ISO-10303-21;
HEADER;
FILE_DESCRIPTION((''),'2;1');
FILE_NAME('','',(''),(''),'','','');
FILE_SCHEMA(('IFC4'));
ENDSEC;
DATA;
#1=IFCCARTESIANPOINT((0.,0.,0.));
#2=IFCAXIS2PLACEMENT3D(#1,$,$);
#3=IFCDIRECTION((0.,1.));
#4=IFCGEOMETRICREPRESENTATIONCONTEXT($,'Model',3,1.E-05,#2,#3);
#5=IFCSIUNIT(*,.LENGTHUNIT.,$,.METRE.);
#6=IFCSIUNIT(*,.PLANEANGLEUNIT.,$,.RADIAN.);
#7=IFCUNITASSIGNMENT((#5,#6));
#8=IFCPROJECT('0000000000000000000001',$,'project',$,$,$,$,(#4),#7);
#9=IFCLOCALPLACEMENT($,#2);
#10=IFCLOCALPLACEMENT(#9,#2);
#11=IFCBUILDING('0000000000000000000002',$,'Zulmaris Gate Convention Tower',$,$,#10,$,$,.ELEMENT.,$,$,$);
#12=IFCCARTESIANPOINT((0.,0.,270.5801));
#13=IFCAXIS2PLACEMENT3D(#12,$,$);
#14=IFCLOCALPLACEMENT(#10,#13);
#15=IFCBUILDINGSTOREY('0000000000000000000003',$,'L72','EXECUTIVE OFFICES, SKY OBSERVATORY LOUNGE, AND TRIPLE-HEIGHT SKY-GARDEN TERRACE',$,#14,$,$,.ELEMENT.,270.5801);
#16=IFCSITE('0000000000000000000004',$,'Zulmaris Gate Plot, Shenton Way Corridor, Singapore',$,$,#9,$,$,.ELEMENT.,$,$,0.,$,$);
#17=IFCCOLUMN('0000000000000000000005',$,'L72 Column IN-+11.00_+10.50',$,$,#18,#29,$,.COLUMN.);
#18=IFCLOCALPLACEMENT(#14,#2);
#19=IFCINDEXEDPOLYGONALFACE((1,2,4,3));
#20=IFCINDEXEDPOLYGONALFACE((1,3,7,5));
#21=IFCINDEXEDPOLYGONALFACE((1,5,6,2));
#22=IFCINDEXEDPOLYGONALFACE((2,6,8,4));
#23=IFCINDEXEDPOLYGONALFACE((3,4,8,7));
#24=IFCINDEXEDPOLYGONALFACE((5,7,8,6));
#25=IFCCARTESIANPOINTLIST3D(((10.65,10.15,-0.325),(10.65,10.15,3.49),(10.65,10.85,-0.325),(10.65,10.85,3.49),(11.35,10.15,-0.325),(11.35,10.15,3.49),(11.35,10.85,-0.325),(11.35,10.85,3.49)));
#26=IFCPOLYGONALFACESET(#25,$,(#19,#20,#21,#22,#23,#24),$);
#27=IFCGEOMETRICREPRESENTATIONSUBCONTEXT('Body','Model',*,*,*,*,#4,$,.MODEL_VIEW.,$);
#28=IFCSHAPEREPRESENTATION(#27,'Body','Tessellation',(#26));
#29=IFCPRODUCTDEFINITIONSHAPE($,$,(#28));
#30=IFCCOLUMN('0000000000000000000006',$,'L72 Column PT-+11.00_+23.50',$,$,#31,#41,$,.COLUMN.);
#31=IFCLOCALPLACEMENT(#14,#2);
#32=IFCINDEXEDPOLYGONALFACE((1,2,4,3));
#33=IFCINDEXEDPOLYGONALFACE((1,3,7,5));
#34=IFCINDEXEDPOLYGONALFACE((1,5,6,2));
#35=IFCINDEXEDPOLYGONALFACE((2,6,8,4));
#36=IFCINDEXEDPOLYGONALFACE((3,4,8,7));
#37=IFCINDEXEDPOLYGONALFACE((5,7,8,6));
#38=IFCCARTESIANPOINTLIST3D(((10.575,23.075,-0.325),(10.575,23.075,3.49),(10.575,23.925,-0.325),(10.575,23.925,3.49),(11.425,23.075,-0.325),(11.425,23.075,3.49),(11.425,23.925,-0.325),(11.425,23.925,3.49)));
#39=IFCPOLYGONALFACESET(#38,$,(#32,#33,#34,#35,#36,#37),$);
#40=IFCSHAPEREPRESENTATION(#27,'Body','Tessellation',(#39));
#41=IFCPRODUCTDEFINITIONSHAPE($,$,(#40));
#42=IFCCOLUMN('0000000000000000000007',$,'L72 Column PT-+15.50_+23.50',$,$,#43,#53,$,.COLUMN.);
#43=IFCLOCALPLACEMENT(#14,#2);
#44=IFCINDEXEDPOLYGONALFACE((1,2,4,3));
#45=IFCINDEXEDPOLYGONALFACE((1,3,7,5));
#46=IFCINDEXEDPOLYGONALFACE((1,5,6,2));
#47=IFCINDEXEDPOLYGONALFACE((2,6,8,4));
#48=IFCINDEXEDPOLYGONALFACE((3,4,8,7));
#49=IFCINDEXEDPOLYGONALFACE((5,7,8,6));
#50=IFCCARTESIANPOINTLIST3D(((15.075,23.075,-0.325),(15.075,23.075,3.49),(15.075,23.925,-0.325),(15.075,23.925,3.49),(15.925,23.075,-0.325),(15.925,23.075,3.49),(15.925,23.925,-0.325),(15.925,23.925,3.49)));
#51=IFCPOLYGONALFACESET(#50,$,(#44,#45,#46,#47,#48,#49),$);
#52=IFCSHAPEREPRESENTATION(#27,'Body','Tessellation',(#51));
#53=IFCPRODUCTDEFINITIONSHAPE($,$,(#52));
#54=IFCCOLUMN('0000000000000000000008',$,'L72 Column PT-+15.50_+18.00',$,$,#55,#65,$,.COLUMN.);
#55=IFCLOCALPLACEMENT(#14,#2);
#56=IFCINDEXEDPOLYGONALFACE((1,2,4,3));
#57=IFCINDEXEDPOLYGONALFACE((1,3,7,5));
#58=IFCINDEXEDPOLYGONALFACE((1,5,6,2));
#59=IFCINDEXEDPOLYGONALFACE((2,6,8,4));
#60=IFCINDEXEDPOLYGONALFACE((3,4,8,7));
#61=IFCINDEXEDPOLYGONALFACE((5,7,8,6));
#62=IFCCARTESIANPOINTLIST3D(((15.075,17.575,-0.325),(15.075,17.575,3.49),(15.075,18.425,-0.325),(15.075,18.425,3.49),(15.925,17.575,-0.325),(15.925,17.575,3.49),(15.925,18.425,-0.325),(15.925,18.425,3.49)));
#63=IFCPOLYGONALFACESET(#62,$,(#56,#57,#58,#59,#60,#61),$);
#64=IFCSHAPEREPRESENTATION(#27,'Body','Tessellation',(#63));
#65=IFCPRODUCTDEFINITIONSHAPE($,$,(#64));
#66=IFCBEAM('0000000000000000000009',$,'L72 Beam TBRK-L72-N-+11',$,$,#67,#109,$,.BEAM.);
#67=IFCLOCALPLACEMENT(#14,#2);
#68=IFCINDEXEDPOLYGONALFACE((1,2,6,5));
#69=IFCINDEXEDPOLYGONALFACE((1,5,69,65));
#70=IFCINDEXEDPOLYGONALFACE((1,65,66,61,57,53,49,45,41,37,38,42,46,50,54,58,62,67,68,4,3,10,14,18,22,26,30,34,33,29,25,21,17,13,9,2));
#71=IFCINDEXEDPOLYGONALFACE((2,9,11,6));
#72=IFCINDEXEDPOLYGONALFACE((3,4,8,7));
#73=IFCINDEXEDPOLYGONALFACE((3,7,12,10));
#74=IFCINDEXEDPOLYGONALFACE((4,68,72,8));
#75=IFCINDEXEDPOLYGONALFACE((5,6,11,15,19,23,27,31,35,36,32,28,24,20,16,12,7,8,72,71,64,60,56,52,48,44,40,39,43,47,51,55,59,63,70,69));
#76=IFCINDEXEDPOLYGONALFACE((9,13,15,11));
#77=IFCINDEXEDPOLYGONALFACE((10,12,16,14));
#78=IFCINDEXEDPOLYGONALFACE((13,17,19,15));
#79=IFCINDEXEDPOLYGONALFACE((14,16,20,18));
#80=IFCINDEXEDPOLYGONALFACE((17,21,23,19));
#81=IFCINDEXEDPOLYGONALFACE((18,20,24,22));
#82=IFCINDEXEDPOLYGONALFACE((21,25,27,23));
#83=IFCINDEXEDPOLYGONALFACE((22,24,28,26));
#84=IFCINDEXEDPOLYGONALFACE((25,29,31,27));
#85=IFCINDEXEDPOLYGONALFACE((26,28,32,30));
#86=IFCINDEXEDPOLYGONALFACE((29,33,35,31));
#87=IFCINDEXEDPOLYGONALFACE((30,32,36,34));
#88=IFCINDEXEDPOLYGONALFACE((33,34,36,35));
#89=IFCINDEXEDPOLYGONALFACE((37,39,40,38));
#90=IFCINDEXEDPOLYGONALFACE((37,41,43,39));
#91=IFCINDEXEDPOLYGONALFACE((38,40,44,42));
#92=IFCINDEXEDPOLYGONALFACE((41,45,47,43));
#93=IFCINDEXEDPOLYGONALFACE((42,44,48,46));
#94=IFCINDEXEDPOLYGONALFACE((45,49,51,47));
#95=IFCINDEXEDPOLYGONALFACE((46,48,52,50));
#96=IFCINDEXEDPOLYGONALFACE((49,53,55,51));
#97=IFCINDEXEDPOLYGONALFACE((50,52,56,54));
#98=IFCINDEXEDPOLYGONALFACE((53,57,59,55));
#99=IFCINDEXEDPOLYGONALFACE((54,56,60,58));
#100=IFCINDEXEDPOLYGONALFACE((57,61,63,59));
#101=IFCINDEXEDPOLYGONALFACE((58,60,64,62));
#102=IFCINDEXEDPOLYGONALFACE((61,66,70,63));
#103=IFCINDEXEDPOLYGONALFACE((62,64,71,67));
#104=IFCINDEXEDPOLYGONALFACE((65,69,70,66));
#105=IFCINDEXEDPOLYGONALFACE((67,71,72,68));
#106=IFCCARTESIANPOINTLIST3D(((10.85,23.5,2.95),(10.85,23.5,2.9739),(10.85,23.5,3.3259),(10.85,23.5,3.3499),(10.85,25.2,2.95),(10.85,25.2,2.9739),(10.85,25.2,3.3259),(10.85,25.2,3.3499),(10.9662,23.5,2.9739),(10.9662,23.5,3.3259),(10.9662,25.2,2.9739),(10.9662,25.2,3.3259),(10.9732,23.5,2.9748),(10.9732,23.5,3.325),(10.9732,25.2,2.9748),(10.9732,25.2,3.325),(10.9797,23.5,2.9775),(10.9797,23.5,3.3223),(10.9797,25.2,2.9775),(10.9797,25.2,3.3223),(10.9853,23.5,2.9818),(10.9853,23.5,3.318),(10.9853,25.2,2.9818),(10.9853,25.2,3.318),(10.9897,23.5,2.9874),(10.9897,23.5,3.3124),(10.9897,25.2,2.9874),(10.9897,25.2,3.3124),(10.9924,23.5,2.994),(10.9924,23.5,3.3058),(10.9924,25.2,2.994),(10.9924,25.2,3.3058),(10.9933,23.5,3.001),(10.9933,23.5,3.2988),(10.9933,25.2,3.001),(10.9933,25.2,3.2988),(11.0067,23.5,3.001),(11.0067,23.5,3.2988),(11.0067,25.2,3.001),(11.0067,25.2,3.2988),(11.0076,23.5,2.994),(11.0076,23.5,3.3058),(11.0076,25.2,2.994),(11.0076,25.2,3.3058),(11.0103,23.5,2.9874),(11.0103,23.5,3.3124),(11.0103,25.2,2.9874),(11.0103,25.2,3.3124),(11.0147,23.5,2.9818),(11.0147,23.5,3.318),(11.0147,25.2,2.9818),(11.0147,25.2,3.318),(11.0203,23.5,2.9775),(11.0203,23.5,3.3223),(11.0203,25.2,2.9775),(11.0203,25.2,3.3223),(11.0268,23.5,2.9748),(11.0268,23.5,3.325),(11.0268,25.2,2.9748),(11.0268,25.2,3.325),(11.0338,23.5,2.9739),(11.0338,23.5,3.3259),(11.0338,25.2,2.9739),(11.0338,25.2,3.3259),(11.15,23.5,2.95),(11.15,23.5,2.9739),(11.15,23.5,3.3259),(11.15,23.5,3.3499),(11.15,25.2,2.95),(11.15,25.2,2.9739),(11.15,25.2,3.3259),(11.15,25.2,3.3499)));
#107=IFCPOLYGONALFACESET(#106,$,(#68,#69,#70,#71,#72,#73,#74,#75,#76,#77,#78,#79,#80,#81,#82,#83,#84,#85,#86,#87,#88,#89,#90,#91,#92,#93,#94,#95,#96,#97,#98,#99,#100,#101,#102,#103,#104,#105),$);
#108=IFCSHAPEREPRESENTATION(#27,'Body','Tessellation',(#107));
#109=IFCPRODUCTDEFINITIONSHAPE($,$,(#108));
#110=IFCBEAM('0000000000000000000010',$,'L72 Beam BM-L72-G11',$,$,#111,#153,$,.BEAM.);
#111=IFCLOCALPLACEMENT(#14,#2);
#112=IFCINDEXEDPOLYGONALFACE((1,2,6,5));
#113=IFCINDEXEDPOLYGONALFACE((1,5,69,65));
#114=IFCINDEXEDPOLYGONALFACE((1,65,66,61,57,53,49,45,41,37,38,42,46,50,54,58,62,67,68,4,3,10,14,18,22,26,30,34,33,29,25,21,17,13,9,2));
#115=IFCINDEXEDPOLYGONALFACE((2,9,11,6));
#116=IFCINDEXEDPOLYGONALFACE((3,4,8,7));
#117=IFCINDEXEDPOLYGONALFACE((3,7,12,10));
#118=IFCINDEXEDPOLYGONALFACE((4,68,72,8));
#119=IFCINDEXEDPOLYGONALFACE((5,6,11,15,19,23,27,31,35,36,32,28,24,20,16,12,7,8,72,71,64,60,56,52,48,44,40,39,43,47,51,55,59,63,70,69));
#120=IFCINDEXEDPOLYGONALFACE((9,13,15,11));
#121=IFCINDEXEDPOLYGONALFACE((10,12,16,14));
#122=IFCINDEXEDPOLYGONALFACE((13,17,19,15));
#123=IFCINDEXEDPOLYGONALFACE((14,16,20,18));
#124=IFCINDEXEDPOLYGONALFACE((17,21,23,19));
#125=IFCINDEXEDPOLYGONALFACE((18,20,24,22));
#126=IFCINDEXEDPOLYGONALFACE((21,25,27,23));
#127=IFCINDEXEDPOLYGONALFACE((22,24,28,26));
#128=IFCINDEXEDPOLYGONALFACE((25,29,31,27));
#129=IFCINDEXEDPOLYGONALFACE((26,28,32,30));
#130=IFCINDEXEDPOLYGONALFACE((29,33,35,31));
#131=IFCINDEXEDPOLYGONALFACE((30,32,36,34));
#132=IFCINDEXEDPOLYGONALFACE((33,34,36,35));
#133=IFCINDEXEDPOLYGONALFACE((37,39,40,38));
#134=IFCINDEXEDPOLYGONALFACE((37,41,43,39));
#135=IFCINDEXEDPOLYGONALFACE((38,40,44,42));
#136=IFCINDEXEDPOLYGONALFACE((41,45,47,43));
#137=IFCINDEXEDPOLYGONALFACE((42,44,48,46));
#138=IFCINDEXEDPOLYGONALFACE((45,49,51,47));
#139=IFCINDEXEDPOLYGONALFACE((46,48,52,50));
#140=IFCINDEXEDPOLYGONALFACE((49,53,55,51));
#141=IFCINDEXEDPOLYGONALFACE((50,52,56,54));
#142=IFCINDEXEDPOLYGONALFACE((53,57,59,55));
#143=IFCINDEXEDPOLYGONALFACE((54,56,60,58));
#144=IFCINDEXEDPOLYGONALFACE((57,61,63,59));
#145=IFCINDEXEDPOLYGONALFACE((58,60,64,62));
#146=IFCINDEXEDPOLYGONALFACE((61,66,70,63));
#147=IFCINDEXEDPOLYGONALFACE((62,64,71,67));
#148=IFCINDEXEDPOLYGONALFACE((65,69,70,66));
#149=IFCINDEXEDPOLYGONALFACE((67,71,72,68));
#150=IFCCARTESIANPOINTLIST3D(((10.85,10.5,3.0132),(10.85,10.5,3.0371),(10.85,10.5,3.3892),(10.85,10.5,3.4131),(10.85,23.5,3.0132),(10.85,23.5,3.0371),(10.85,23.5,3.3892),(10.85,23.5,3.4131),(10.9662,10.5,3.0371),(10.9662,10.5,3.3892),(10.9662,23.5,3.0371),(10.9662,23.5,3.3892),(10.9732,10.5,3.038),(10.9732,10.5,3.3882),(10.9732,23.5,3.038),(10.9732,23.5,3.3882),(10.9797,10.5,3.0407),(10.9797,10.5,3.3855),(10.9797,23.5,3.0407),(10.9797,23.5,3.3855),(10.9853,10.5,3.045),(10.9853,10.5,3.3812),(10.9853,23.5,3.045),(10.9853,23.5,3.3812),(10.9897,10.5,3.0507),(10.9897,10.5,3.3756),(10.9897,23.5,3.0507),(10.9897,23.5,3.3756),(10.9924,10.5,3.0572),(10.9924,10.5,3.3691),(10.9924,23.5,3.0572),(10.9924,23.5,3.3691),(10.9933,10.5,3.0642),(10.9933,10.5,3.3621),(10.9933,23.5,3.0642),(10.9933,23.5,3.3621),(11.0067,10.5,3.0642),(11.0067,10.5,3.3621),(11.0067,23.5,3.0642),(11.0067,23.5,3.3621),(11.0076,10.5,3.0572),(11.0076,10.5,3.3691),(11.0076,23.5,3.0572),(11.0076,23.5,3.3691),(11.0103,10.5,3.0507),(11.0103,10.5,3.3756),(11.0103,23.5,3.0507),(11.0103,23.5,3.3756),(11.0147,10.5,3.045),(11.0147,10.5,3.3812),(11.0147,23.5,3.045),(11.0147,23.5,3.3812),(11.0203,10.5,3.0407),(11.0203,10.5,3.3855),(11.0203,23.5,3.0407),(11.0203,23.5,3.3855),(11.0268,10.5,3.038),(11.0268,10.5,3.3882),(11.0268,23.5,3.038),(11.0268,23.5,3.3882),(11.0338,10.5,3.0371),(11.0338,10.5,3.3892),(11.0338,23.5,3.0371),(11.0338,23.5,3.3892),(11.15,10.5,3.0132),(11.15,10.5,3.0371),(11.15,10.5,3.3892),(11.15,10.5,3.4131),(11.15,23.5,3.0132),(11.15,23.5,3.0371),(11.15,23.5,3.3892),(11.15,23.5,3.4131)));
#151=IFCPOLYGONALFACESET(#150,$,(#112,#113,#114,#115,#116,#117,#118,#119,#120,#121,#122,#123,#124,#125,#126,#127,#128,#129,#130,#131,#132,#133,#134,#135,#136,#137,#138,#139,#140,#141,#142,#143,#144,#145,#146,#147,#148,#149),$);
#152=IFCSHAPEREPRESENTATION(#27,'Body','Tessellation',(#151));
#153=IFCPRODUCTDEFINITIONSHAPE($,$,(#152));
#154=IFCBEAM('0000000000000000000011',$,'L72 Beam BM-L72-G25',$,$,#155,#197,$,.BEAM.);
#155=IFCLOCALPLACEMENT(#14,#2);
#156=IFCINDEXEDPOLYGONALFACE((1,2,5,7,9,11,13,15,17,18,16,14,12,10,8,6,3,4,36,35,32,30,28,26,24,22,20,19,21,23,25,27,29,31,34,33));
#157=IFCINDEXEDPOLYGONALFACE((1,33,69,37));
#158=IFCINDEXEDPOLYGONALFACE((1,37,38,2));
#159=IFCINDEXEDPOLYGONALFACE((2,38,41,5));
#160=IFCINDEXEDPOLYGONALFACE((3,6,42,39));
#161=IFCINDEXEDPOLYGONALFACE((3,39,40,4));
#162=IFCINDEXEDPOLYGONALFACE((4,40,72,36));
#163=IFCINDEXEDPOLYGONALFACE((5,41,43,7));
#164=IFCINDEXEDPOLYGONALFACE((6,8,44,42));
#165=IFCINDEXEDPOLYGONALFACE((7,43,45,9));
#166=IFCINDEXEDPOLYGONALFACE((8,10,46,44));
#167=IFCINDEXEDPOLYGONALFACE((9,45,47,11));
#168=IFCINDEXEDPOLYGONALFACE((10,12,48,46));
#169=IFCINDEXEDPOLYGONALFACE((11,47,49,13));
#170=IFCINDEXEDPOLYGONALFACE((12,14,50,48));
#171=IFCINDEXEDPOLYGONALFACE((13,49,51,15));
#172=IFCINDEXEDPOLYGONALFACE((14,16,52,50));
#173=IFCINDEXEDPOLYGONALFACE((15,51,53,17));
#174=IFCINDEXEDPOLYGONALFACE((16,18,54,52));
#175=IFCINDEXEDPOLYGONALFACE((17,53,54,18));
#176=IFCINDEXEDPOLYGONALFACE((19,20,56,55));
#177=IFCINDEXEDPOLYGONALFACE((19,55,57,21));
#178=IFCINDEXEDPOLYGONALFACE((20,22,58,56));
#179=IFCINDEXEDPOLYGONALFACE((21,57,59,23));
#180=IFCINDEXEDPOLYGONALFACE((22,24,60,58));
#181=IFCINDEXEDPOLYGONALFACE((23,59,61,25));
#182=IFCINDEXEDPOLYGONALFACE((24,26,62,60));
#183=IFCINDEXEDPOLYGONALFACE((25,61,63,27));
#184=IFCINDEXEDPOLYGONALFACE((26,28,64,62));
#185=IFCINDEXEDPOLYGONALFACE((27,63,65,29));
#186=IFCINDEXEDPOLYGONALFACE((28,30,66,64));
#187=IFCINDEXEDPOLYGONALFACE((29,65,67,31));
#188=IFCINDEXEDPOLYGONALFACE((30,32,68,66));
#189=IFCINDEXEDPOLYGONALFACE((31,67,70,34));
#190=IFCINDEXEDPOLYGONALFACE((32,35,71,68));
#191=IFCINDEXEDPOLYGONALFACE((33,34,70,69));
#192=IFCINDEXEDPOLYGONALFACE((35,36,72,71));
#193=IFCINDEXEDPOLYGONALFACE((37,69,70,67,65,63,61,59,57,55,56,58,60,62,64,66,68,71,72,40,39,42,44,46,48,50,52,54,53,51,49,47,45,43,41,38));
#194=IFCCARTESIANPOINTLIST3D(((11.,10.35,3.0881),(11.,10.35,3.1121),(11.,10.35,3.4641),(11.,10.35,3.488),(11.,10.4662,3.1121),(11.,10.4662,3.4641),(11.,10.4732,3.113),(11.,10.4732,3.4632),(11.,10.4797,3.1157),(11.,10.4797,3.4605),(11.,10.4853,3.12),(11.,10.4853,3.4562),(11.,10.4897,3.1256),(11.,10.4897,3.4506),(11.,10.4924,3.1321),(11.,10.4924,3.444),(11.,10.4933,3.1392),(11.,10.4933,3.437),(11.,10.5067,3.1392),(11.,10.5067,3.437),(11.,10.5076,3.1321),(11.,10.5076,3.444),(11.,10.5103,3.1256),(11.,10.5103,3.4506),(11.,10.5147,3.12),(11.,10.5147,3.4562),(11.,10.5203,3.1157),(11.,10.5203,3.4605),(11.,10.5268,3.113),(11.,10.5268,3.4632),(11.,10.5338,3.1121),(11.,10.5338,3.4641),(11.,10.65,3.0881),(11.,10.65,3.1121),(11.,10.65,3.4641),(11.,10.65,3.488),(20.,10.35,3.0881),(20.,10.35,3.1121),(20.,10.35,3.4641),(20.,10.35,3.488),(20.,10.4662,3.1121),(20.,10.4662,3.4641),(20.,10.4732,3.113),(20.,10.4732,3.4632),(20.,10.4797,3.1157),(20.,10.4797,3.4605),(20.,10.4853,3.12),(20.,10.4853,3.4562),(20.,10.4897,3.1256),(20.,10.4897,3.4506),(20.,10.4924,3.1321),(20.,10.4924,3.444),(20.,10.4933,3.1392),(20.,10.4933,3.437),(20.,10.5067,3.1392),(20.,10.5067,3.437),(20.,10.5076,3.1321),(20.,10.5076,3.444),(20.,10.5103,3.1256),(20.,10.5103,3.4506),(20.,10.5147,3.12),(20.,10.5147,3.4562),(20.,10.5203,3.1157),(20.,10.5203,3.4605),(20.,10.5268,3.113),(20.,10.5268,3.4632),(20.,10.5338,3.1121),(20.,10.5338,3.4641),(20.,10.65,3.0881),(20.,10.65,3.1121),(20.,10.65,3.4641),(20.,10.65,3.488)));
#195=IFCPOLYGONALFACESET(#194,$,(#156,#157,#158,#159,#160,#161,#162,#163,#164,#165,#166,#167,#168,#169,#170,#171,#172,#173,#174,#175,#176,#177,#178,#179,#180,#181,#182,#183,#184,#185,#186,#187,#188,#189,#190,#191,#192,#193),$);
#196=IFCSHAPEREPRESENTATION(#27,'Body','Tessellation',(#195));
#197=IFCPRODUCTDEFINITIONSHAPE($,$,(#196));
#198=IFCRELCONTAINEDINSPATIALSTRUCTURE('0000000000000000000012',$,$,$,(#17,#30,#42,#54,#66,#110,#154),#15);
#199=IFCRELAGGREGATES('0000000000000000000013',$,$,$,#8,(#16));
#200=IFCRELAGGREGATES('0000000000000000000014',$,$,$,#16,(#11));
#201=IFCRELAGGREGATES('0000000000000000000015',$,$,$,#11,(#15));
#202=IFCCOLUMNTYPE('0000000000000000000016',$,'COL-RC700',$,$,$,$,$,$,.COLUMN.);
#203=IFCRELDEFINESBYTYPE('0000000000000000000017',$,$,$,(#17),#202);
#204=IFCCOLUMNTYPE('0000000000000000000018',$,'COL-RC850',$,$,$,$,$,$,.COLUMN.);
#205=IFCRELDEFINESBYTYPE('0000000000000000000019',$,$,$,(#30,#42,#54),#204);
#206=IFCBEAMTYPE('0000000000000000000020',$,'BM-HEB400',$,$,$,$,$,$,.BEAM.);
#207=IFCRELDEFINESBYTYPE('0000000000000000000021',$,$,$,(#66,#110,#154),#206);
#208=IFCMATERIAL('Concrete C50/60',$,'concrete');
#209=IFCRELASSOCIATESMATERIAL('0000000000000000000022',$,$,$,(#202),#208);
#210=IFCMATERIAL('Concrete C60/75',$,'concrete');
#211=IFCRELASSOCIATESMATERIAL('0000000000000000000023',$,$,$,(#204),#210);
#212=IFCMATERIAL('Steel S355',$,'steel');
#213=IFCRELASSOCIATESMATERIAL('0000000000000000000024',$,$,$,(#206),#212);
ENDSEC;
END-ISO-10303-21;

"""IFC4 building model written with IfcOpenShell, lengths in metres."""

from ifc_helpers import new_model, si_unit, direction, frame, origin, origin_2d, place, context, subcontext, project, spatial, rectangle, i_section, extrude, material, material_profile, profile_set, type_object, element, save


model = new_model("IFC4")

# Units and contexts
model_context = context("Model", 3, precision=1e-05, world=origin(), true_north=direction((0.0, 1.0)))
body_context = subcontext(model_context, "Body", "Model", "MODEL_VIEW")
ifc_project = project(units=[si_unit("LENGTHUNIT", "METRE"), si_unit("PLANEANGLEUNIT", "RADIAN")], contexts=[model_context])

# Site, building, storey
site_placement = place(None, origin())
site = spatial("IfcSite", under=ifc_project, at=site_placement, Name="Zulmaris Gate Plot, Shenton Way Corridor, Singapore", CompositionType="ELEMENT", RefElevation=0.0)
building_placement = place(site_placement, origin())
building = spatial("IfcBuilding", under=site, at=building_placement, Name="Zulmaris Gate Convention Tower", CompositionType="ELEMENT")
storey_placement = place(building_placement, frame((0.0, 0.0, 270.5801)))
storey = spatial("IfcBuildingStorey", under=building, at=storey_placement, Name="L72", Description="EXECUTIVE OFFICES, SKY OBSERVATORY LOUNGE, AND TRIPLE-HEIGHT SKY-GARDEN TERRACE", CompositionType="ELEMENT", Elevation=270.5801)

# Columns
ifc_material_1 = material(Name="Concrete C50/60", Category="concrete")
ifc_material_profile_1 = material_profile(ifc_material_1, rectangle(XDim=0.7, YDim=0.7, at=origin_2d()), Name="RC COL 700x700")
ifc_profile_set_1 = profile_set([ifc_material_profile_1], Name="Concrete C50/60")
column_type_1 = type_object("IfcColumnType", Name="COL-RC700", PredefinedType="COLUMN", material=ifc_profile_set_1)
column_placement = place(storey_placement, frame((11.0, 10.5, -0.325), z_axis=(0.0, 0.0, 1.0), x_axis=(1.0, 0.0, 0.0)))
element("IfcColumn", 1, at=column_placement, inside=storey, type_object=column_type_1, Name="L72 Column IN-+11.00_+10.50", PredefinedType="COLUMN", context=body_context, shape_type="SweptSolid", body=[
    extrude(rectangle(XDim=0.7, YDim=0.7, at=origin_2d()), origin(), (0.0, 0.0, 1.0), 3.8149),
])
ifc_material_2 = material(Name="Concrete C60/75", Category="concrete")
ifc_material_profile_2 = material_profile(ifc_material_2, rectangle(XDim=0.8501, YDim=0.8501, at=origin_2d()), Name="RC COL 850x850")
ifc_profile_set_2 = profile_set([ifc_material_profile_2], Name="Concrete C60/75")
column_type_2 = type_object("IfcColumnType", Name="COL-RC850", PredefinedType="COLUMN", material=ifc_profile_set_2)
for number, where, z_axis, x_axis, name in (
    (2, (11.0, 23.5, -0.325), (0.0, 0.0, 1.0), (1.0, 0.0, 0.0), "L72 Column PT-+11.00_+23.50"),
    (3, (15.5, 23.5, -0.325), (0.0, 0.0, 1.0), (1.0, 0.0, 0.0), "L72 Column PT-+15.50_+23.50"),
    (4, (15.5, 18.0, -0.325), (0.0, 0.0, 1.0), (1.0, 0.0, 0.0), "L72 Column PT-+15.50_+18.00"),
):
    element("IfcColumn", number, at=place(storey_placement, frame(where, z_axis=z_axis, x_axis=x_axis)), inside=storey, type_object=column_type_2, Name=name, PredefinedType="COLUMN", context=body_context, shape_type="SweptSolid", body=[
        extrude(rectangle(XDim=0.8501, YDim=0.8501, at=origin_2d()), origin(), (0.0, 0.0, 1.0), 3.8149),
    ])

# Beams
ifc_material_3 = material(Name="Steel S355", Category="steel")
ifc_material_profile_3 = material_profile(ifc_material_3, i_section(OverallWidth=0.3, OverallDepth=0.3999, WebThickness=0.0134, FlangeThickness=0.0239, FilletRadius=0.0271, at=origin_2d()), Name="HEB 400")
ifc_profile_set_3 = profile_set([ifc_material_profile_3], Name="Steel S355")
beam_type_1 = type_object("IfcBeamType", Name="BM-HEB400", PredefinedType="BEAM", material=ifc_profile_set_3)
beam_1_placement = place(storey_placement, frame((11.0, 23.5, 3.1499), z_axis=(0.0, 1.0, 0.0), x_axis=(-1.0, 0.0, 0.0)))
element("IfcBeam", 5, at=beam_1_placement, inside=storey, type_object=beam_type_1, Name="L72 Beam TBRK-L72-N-+11", PredefinedType="BEAM", context=body_context, shape_type="SweptSolid", body=[
    extrude(i_section(OverallWidth=0.3, OverallDepth=0.3999, WebThickness=0.0134, FlangeThickness=0.0239, FilletRadius=0.0271, at=origin_2d()), origin(), (0.0, 0.0, 1.0), 1.7),
])
beam_2_placement = place(storey_placement, frame((11.0, 10.5, 3.2131), z_axis=(0.0, 1.0, 0.0), x_axis=(-1.0, 0.0, 0.0)))
element("IfcBeam", 6, at=beam_2_placement, inside=storey, type_object=beam_type_1, Name="L72 Beam BM-L72-G11", PredefinedType="BEAM", context=body_context, shape_type="SweptSolid", body=[
    extrude(i_section(OverallWidth=0.3, OverallDepth=0.3999, WebThickness=0.0134, FlangeThickness=0.0239, FilletRadius=0.0271, at=origin_2d()), origin(), (0.0, 0.0, 1.0), 13.0),
])
beam_3_placement = place(storey_placement, frame((11.0, 10.5, 3.2881), z_axis=(1.0, 0.0, 0.0), x_axis=(0.0, 1.0, 0.0)))
element("IfcBeam", 7, at=beam_3_placement, inside=storey, type_object=beam_type_1, Name="L72 Beam BM-L72-G25", PredefinedType="BEAM", context=body_context, shape_type="SweptSolid", body=[
    extrude(i_section(OverallWidth=0.3, OverallDepth=0.3999, WebThickness=0.0134, FlangeThickness=0.0239, FilletRadius=0.0271, at=origin_2d()), origin(), (0.0, 0.0, 1.0), 9.0),
])

save(model, "model.ifc")
